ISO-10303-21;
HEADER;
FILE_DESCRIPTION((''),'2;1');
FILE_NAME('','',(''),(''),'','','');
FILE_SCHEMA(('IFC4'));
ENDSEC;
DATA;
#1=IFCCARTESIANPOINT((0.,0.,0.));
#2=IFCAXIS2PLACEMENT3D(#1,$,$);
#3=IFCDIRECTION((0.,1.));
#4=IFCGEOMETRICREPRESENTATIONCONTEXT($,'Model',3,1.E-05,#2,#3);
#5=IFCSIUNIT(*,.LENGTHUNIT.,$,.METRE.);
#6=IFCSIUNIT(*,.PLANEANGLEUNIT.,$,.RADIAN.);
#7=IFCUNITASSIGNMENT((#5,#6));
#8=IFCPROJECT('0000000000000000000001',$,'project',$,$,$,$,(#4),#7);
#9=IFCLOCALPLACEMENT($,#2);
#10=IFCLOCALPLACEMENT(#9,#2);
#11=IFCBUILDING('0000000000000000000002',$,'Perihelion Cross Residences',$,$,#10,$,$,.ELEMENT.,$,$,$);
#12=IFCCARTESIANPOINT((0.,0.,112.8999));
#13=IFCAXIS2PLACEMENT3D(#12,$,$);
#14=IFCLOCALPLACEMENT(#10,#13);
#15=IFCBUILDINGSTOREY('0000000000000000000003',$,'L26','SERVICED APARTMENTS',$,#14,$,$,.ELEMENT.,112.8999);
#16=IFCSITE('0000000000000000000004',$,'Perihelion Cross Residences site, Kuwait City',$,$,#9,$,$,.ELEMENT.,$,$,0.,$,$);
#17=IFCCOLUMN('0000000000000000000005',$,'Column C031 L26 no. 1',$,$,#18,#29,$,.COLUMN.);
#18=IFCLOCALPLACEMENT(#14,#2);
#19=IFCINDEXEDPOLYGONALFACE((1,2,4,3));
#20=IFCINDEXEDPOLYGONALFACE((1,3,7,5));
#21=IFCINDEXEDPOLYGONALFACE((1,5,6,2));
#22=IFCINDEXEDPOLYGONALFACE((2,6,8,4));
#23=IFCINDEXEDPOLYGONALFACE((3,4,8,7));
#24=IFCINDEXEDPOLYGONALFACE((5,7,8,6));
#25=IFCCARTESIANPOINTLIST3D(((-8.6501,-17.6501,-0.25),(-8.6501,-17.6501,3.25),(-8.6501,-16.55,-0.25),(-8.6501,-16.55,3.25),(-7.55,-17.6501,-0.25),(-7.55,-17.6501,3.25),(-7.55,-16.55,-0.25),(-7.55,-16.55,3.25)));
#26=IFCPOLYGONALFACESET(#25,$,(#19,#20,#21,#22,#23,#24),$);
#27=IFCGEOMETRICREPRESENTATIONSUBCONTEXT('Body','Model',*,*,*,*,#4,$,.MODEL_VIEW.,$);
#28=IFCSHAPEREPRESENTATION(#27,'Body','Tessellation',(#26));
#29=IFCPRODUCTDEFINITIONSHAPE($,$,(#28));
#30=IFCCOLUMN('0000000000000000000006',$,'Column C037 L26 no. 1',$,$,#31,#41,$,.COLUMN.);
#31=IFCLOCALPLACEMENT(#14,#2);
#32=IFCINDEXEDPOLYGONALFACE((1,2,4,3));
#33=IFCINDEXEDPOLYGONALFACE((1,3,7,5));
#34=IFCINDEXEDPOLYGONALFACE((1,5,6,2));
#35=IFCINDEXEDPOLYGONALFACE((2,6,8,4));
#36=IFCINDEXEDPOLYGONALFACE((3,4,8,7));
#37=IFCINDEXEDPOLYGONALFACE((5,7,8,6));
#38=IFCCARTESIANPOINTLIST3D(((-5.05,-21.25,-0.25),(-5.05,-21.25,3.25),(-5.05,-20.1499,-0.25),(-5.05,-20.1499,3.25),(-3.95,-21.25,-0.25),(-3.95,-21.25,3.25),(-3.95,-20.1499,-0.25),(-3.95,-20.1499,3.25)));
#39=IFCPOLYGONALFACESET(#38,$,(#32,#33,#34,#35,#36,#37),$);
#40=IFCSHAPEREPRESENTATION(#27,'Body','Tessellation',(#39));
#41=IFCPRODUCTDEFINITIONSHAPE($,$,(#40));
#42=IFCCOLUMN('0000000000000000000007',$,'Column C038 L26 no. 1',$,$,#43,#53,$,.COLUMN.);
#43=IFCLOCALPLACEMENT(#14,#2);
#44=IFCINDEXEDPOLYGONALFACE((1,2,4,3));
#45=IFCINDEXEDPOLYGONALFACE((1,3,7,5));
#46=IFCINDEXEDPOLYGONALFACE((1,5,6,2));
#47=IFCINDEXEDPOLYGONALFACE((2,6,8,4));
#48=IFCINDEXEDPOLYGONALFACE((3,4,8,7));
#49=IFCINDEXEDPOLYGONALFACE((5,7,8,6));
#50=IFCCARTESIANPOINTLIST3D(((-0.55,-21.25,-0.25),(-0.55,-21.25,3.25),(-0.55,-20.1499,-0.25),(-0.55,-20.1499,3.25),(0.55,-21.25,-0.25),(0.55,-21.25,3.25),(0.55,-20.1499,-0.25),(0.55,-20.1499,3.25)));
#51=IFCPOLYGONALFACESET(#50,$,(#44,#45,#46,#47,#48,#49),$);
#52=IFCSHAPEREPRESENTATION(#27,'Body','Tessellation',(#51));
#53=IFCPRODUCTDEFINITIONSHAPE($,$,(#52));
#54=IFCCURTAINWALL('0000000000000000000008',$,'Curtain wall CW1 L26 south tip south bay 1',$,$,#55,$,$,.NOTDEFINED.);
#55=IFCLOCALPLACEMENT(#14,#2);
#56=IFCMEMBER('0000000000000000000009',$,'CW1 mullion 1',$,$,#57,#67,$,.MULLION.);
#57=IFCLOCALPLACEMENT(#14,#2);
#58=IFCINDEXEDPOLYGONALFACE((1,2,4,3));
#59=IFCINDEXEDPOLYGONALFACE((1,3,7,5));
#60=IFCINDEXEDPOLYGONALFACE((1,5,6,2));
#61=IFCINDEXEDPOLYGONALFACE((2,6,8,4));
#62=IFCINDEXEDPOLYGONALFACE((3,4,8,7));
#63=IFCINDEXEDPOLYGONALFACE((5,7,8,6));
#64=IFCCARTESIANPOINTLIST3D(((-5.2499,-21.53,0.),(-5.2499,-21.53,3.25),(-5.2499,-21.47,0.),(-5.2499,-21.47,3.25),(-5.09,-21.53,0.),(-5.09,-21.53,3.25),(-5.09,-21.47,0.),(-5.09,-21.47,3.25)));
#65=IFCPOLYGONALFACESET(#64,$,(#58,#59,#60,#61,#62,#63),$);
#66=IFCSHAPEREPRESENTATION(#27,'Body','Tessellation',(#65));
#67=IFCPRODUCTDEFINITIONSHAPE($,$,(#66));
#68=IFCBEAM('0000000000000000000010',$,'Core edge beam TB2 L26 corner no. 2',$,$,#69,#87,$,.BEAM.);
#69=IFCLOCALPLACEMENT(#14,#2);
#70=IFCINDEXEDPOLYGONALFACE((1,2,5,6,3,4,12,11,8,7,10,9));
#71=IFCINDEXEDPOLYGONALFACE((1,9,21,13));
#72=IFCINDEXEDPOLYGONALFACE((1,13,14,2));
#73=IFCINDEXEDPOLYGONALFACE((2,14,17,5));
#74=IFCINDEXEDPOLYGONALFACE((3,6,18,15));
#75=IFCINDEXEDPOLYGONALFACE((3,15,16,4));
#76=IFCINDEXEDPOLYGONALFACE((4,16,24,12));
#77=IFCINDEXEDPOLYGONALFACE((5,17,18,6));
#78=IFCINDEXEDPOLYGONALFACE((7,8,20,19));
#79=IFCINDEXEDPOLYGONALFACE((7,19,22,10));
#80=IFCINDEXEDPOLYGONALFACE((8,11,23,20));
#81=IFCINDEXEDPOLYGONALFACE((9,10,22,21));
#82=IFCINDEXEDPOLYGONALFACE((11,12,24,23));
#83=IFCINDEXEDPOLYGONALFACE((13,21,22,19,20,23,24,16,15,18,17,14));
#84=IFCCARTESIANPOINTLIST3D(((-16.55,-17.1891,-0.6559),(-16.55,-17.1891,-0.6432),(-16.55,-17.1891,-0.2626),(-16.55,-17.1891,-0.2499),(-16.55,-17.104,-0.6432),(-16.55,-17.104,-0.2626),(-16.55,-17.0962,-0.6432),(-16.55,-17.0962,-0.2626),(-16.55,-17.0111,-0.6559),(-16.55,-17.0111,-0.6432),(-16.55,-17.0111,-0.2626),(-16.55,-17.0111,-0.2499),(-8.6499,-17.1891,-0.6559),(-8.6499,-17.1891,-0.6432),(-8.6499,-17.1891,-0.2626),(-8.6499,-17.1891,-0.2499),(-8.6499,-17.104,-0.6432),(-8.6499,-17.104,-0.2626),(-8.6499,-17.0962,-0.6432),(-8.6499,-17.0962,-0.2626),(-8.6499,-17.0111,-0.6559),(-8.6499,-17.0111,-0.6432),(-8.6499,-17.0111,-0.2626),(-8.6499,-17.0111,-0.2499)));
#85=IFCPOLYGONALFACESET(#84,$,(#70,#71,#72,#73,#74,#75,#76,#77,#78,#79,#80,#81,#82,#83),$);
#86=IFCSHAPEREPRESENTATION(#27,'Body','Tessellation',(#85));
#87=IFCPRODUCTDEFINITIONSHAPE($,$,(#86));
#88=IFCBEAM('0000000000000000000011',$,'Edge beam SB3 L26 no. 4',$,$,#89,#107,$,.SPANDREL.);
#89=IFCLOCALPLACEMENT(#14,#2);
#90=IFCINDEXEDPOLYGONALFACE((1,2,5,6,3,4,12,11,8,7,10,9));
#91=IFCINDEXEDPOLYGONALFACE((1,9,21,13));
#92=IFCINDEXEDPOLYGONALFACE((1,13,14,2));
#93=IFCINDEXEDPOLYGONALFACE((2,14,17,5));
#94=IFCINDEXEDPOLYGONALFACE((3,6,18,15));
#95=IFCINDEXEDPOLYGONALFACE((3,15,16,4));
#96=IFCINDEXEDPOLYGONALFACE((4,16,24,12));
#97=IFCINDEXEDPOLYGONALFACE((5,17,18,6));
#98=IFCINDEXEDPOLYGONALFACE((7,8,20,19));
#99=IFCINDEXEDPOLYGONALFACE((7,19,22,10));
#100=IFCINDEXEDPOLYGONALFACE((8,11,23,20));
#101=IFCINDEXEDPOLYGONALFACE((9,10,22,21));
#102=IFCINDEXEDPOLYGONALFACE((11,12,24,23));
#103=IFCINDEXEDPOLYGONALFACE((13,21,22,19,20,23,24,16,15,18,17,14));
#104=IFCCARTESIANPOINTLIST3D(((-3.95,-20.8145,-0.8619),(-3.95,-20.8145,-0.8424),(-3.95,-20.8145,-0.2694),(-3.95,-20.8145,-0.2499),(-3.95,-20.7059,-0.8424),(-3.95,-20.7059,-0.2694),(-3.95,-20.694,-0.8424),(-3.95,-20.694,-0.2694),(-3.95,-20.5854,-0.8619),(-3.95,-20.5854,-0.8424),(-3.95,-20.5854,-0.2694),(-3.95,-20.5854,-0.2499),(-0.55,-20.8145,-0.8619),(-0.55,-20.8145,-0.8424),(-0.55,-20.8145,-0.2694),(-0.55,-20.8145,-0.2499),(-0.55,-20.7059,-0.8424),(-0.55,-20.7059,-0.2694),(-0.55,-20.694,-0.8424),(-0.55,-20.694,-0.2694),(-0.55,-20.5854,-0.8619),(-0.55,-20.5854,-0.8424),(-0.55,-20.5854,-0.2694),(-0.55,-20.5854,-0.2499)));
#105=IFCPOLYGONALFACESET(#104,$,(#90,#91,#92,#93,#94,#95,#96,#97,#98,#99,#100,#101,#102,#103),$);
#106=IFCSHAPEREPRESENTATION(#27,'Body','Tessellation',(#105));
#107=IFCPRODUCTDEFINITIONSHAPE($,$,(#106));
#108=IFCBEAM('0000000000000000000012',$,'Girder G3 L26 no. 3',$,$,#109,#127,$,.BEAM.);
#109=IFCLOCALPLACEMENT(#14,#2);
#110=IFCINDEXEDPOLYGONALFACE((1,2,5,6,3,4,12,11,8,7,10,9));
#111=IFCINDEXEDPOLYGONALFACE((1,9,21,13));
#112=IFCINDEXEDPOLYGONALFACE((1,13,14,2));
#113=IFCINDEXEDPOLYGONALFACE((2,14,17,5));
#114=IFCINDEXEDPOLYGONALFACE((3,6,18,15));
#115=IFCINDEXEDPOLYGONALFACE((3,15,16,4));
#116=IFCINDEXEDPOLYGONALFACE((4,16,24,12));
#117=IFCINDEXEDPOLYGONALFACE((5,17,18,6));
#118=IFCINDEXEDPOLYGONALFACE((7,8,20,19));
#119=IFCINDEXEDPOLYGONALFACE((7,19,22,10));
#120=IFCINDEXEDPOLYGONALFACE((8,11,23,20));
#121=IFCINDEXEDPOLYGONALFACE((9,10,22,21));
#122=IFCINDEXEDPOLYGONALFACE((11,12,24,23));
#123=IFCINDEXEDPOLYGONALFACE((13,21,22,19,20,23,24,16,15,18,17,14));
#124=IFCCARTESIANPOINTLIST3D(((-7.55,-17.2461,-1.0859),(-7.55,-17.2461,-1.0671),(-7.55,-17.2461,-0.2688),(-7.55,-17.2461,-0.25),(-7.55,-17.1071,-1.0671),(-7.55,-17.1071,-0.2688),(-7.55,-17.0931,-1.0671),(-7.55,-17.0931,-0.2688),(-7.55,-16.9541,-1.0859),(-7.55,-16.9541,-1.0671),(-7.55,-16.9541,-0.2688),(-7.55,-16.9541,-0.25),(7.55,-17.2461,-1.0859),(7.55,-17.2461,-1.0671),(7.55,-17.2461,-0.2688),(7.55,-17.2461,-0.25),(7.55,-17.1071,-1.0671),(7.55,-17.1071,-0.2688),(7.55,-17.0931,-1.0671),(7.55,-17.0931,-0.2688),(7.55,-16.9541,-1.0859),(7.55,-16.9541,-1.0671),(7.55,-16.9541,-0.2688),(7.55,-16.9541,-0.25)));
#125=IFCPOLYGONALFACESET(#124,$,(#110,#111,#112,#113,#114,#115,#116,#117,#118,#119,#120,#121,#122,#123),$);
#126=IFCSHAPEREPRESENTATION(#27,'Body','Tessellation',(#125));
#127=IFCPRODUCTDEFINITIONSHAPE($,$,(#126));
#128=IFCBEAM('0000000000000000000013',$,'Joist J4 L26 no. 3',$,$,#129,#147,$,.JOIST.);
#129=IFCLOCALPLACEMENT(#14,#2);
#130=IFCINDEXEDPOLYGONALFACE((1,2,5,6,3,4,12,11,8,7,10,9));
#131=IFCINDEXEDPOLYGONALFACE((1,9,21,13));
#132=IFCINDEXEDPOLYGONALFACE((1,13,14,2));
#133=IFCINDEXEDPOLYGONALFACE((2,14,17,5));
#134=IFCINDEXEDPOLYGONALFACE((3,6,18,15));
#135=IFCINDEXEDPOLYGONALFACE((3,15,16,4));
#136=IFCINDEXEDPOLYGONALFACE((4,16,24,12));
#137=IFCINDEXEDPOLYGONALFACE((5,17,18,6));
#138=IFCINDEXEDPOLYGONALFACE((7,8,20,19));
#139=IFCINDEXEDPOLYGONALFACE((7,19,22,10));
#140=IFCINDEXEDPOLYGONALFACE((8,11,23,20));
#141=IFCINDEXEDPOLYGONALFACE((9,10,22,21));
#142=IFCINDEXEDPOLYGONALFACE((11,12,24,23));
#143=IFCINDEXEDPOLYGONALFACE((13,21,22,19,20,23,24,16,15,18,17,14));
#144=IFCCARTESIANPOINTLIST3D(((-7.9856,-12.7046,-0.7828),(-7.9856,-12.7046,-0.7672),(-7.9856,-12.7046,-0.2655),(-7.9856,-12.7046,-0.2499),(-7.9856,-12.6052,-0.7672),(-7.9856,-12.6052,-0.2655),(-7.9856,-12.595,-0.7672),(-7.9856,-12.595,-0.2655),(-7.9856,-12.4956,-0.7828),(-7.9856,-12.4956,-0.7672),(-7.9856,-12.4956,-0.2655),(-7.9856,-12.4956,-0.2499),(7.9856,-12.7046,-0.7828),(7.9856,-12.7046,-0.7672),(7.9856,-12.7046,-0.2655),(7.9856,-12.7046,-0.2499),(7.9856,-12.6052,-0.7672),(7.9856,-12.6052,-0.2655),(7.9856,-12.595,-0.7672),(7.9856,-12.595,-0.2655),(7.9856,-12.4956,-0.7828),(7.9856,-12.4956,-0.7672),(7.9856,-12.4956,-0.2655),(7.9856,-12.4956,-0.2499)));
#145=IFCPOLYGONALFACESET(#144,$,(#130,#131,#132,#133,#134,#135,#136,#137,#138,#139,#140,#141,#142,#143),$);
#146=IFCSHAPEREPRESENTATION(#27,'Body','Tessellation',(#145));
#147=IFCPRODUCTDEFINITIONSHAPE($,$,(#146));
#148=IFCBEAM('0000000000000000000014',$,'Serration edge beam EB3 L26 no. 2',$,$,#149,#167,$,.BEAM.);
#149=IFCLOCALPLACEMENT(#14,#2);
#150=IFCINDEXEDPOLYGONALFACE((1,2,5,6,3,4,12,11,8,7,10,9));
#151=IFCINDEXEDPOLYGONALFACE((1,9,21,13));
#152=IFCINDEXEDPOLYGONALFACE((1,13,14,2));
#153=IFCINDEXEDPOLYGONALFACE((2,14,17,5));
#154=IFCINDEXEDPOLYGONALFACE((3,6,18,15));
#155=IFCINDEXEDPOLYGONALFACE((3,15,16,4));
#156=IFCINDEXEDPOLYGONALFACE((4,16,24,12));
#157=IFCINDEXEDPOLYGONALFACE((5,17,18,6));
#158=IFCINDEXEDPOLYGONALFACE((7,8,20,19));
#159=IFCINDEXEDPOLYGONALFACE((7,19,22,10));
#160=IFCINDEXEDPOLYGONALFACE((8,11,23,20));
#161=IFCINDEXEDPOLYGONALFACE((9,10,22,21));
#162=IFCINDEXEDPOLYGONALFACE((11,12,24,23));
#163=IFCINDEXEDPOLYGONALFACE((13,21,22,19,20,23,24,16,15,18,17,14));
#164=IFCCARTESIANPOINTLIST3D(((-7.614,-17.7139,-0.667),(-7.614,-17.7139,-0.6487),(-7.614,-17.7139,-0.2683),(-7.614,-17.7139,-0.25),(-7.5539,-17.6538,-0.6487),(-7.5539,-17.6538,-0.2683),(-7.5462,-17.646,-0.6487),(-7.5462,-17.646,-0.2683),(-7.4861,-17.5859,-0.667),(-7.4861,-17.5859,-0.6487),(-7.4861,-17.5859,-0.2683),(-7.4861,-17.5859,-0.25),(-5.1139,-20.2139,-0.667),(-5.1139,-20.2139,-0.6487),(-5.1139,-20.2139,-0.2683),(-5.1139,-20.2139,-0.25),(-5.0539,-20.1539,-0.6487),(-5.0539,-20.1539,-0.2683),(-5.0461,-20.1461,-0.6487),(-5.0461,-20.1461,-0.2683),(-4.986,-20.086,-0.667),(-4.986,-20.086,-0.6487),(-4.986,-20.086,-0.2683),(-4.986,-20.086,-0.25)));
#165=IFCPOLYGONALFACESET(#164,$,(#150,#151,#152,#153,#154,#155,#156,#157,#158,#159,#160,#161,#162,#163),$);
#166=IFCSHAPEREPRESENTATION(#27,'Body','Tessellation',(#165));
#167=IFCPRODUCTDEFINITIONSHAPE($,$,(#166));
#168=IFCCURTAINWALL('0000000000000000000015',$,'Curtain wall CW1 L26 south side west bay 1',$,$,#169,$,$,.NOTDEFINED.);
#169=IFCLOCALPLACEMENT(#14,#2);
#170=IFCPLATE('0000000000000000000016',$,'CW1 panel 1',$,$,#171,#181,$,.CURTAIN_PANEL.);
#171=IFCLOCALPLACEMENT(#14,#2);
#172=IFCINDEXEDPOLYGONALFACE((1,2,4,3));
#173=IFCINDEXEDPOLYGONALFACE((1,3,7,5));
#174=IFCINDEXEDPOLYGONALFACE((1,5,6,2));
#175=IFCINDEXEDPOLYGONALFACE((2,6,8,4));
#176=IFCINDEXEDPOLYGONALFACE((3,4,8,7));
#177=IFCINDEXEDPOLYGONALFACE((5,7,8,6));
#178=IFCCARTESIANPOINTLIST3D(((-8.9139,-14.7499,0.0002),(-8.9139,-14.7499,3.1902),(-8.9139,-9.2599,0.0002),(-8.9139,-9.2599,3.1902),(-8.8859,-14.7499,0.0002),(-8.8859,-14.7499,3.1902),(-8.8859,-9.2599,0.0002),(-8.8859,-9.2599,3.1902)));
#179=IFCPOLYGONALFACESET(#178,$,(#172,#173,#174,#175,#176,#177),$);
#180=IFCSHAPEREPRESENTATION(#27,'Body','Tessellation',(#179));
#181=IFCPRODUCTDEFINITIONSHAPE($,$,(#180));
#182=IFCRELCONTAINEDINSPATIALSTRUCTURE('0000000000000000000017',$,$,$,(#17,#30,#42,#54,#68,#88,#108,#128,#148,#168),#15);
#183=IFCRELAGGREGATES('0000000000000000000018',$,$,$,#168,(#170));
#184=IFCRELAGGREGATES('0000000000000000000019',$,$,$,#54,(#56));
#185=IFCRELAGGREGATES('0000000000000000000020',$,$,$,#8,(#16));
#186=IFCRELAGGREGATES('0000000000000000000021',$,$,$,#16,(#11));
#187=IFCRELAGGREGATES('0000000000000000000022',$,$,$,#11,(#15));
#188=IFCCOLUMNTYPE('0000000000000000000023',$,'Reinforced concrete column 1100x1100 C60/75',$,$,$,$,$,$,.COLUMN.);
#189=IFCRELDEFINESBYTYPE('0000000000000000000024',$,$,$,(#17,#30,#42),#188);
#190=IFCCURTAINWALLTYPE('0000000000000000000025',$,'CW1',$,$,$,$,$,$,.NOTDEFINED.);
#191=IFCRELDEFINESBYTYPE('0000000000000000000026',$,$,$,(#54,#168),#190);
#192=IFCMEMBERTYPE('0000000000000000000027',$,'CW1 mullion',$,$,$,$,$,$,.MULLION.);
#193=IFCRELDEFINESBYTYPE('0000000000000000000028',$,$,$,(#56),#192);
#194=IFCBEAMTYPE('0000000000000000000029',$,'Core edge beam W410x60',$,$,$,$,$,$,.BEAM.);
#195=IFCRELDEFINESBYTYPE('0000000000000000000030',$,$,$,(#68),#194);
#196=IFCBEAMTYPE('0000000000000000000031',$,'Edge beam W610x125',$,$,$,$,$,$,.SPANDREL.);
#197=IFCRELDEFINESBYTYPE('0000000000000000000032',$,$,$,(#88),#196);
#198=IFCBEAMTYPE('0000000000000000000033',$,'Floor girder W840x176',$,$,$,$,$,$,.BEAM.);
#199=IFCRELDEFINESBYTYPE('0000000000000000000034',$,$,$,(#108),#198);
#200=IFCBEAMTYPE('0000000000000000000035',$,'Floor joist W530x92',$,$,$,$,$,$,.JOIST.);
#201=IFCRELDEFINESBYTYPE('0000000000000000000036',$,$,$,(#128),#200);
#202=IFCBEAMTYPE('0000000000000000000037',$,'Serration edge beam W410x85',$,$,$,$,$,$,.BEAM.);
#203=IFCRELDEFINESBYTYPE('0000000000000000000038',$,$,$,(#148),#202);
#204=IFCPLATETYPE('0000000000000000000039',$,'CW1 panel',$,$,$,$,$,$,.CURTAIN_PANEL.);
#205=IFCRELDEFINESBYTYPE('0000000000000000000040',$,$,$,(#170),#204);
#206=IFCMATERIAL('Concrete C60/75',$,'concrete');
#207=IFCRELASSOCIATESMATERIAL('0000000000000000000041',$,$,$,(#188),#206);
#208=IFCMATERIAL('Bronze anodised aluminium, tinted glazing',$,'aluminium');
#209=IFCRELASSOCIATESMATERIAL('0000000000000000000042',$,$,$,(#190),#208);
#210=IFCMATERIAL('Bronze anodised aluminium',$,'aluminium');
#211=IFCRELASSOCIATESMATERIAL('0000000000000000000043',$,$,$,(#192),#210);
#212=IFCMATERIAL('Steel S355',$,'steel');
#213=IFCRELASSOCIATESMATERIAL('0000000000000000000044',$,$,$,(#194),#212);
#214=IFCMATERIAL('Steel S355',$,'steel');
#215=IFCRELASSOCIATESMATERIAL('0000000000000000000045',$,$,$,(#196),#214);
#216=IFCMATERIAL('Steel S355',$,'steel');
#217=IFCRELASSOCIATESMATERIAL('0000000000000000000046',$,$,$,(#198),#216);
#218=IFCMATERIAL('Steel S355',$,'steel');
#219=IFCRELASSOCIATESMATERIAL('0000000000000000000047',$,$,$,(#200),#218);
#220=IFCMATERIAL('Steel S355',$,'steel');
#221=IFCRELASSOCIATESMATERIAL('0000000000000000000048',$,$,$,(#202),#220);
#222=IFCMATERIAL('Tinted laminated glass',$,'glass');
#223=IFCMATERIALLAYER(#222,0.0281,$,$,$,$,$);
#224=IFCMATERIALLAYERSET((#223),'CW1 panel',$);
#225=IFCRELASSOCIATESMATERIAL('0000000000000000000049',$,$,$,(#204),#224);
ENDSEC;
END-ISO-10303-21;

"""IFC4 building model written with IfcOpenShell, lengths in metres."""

from ifc_helpers import new_model, si_unit, direction, frame, origin, origin_2d, place, context, subcontext, project, spatial, rectangle, i_section, extrude, material, layer, layer_set, material_profile, profile_set, type_object, element, aggregate, save


model = new_model("IFC4")

# Units and contexts
model_context = context("Model", 3, precision=1e-05, world=origin(), true_north=direction((0.0, 1.0)))
body_context = subcontext(model_context, "Body", "Model", "MODEL_VIEW")
ifc_project = project(units=[si_unit("LENGTHUNIT", "METRE"), si_unit("PLANEANGLEUNIT", "RADIAN")], contexts=[model_context])

# Site, building, storey
site_placement = place(None, origin())
site = spatial("IfcSite", under=ifc_project, at=site_placement, Name="Perihelion Cross Residences site, Kuwait City", CompositionType="ELEMENT", RefElevation=0.0)
building_placement = place(site_placement, origin())
building = spatial("IfcBuilding", under=site, at=building_placement, Name="Perihelion Cross Residences", CompositionType="ELEMENT")
storey_placement = place(building_placement, frame((0.0, 0.0, 112.8999)))
storey = spatial("IfcBuildingStorey", under=building, at=storey_placement, Name="L26", Description="SERVICED APARTMENTS", CompositionType="ELEMENT", Elevation=112.8999)

# Columns
ifc_material_1 = material(Name="Concrete C60/75", Category="concrete")
ifc_material_profile_1 = material_profile(ifc_material_1, rectangle(XDim=1.1001, YDim=1.1001, at=origin_2d()), Name="RC 1100x1100")
ifc_profile_set_1 = profile_set([ifc_material_profile_1], Name="Concrete C60/75")
column_type = type_object("IfcColumnType", Name="Reinforced concrete column 1100x1100 C60/75", PredefinedType="COLUMN", material=ifc_profile_set_1)
for number, where, z_axis, x_axis, name in (
    (1, (-8.1001, -17.1001, -0.25), (0.0, 0.0, 1.0), (1.0, 0.0, 0.0), "Column C031 L26 no. 1"),
    (2, (-4.5, -20.7, -0.25), (0.0, 0.0, 1.0), (1.0, 0.0, 0.0), "Column C037 L26 no. 1"),
    (3, (0.0, -20.7, -0.25), (0.0, 0.0, 1.0), (1.0, 0.0, 0.0), "Column C038 L26 no. 1"),
):
    element("IfcColumn", number, at=place(storey_placement, frame(where, z_axis=z_axis, x_axis=x_axis)), inside=storey, type_object=column_type, Name=name, PredefinedType="COLUMN", context=body_context, shape_type="SweptSolid", body=[
        extrude(rectangle(XDim=1.1001, YDim=1.1001, at=origin_2d()), origin(), (0.0, 0.0, 1.0), 3.5),
    ])

# Curtain wall, member
ifc_material_2 = material(Name="Bronze anodised aluminium, tinted glazing", Category="aluminium")
curtain_wall_type = type_object("IfcCurtainWallType", Name="CW1", PredefinedType="NOTDEFINED", material=ifc_material_2)
curtain_wall_1_placement = place(storey_placement, origin())
curtain_wall_1 = element("IfcCurtainWall", 4, at=curtain_wall_1_placement, inside=storey, type_object=curtain_wall_type, Name="Curtain wall CW1 L26 south tip south bay 1", PredefinedType="NOTDEFINED")
ifc_material_3 = material(Name="Bronze anodised aluminium", Category="aluminium")
ifc_material_profile_2 = material_profile(ifc_material_3, rectangle(XDim=0.0601, YDim=0.1599, at=origin_2d()), Name="CW1 mullion")
ifc_profile_set_2 = profile_set([ifc_material_profile_2], Name="Bronze anodised aluminium")
member_type = type_object("IfcMemberType", Name="CW1 mullion", PredefinedType="MULLION", material=ifc_profile_set_2)
member_placement = place(storey_placement, frame((-5.1699, -21.5, 0.0), z_axis=(0.0, 0.0, 1.0), x_axis=(0.0, 1.0, 0.0)))
member = element("IfcMember", 5, at=member_placement, type_object=member_type, Name="CW1 mullion 1", PredefinedType="MULLION", context=body_context, shape_type="SweptSolid", body=[
    extrude(rectangle(XDim=0.0601, YDim=0.1599, at=origin_2d()), origin(), (0.0, 0.0, 1.0), 3.25),
])

# Beams
ifc_material_4 = material(Name="Steel S355", Category="steel")
ifc_material_profile_3 = material_profile(ifc_material_4, i_section(OverallWidth=0.178, OverallDepth=0.406, WebThickness=0.0078, FlangeThickness=0.0127, at=origin_2d()), Name="W410x60")
ifc_profile_set_3 = profile_set([ifc_material_profile_3], Name="Steel S355")
beam_type_1 = type_object("IfcBeamType", Name="Core edge beam W410x60", PredefinedType="BEAM", material=ifc_profile_set_3)
beam_1_placement = place(storey_placement, frame((-8.6499, -17.1001, -0.4529), z_axis=(-1.0, 0.0, 0.0), x_axis=(0.0, -1.0, 0.0)))
element("IfcBeam", 6, at=beam_1_placement, inside=storey, type_object=beam_type_1, Name="Core edge beam TB2 L26 corner no. 2", PredefinedType="BEAM", context=body_context, shape_type="SweptSolid", body=[
    extrude(i_section(OverallWidth=0.178, OverallDepth=0.406, WebThickness=0.0078, FlangeThickness=0.0127, at=origin_2d()), origin(), (0.0, 0.0, 1.0), 7.9001),
])
ifc_material_5 = material(Name="Steel S355", Category="steel")
ifc_material_profile_4 = material_profile(ifc_material_5, i_section(OverallWidth=0.229, OverallDepth=0.6121, WebThickness=0.012, FlangeThickness=0.0195, at=origin_2d()), Name="W610x125")
ifc_profile_set_4 = profile_set([ifc_material_profile_4], Name="Steel S355")
beam_type_2 = type_object("IfcBeamType", Name="Edge beam W610x125", PredefinedType="SPANDREL", material=ifc_profile_set_4)
beam_2_placement = place(storey_placement, frame((-3.95, -20.7, -0.5559), z_axis=(1.0, 0.0, 0.0), x_axis=(0.0, 1.0, 0.0)))
element("IfcBeam", 7, at=beam_2_placement, inside=storey, type_object=beam_type_2, Name="Edge beam SB3 L26 no. 4", PredefinedType="SPANDREL", context=body_context, shape_type="SweptSolid", body=[
    extrude(i_section(OverallWidth=0.229, OverallDepth=0.6121, WebThickness=0.012, FlangeThickness=0.0195, at=origin_2d()), origin(), (0.0, 0.0, 1.0), 3.3999),
])
ifc_material_6 = material(Name="Steel S355", Category="steel")
ifc_material_profile_5 = material_profile(ifc_material_6, i_section(OverallWidth=0.292, OverallDepth=0.8359, WebThickness=0.0139, FlangeThickness=0.0188, at=origin_2d()), Name="W840x176")
ifc_profile_set_5 = profile_set([ifc_material_profile_5], Name="Steel S355")
beam_type_3 = type_object("IfcBeamType", Name="Floor girder W840x176", PredefinedType="BEAM", material=ifc_profile_set_5)
beam_3_placement = place(storey_placement, frame((-7.55, -17.1001, -0.668), z_axis=(1.0, 0.0, 0.0), x_axis=(0.0, 1.0, 0.0)))
element("IfcBeam", 8, at=beam_3_placement, inside=storey, type_object=beam_type_3, Name="Girder G3 L26 no. 3", PredefinedType="BEAM", context=body_context, shape_type="SweptSolid", body=[
    extrude(i_section(OverallWidth=0.292, OverallDepth=0.8359, WebThickness=0.0139, FlangeThickness=0.0188, at=origin_2d()), origin(), (0.0, 0.0, 1.0), 15.1001),
])
ifc_material_7 = material(Name="Steel S355", Category="steel")
ifc_material_profile_6 = material_profile(ifc_material_7, i_section(OverallWidth=0.209, OverallDepth=0.533, WebThickness=0.0103, FlangeThickness=0.0156, at=origin_2d()), Name="W530x92")
ifc_profile_set_6 = profile_set([ifc_material_profile_6], Name="Steel S355")
beam_type_4 = type_object("IfcBeamType", Name="Floor joist W530x92", PredefinedType="JOIST", material=ifc_profile_set_6)
beam_4_placement = place(storey_placement, frame((-7.9856, -12.6001, -0.5164), z_axis=(1.0, 0.0, 0.0), x_axis=(0.0, 1.0, 0.0)))
element("IfcBeam", 9, at=beam_4_placement, inside=storey, type_object=beam_type_4, Name="Joist J4 L26 no. 3", PredefinedType="JOIST", context=body_context, shape_type="SweptSolid", body=[
    extrude(i_section(OverallWidth=0.209, OverallDepth=0.533, WebThickness=0.0103, FlangeThickness=0.0156, at=origin_2d()), origin(), (0.0, 0.0, 1.0), 15.9712),
])
ifc_material_8 = material(Name="Steel S355", Category="steel")
ifc_material_profile_7 = material_profile(ifc_material_8, i_section(OverallWidth=0.1809, OverallDepth=0.417, WebThickness=0.011, FlangeThickness=0.0183, at=origin_2d()), Name="W410x85")
ifc_profile_set_7 = profile_set([ifc_material_profile_7], Name="Steel S355")
beam_type_5 = type_object("IfcBeamType", Name="Serration edge beam W410x85", PredefinedType="BEAM", material=ifc_profile_set_7)
beam_5_placement = place(storey_placement, frame((-7.55, -17.6499, -0.4585), z_axis=(0.707107, -0.707107, 0.0), x_axis=(0.707107, 0.707107, 0.0)))
element("IfcBeam", 10, at=beam_5_placement, inside=storey, type_object=beam_type_5, Name="Serration edge beam EB3 L26 no. 2", PredefinedType="BEAM", context=body_context, shape_type="SweptSolid", body=[
    extrude(i_section(OverallWidth=0.1809, OverallDepth=0.417, WebThickness=0.011, FlangeThickness=0.0183, at=origin_2d()), origin(), (0.0, 0.0, 1.0), 3.5356),
])

# Curtain wall, plate
curtain_wall_2_placement = place(storey_placement, origin())
curtain_wall_2 = element("IfcCurtainWall", 11, at=curtain_wall_2_placement, inside=storey, type_object=curtain_wall_type, Name="Curtain wall CW1 L26 south side west bay 1", PredefinedType="NOTDEFINED")
ifc_material_9 = material(Name="Tinted laminated glass", Category="glass")
ifc_layer_1 = layer(ifc_material_9, 0.0281)
ifc_layer_set_1 = layer_set([ifc_layer_1], Name="CW1 panel")
plate_type = type_object("IfcPlateType", Name="CW1 panel", PredefinedType="CURTAIN_PANEL", material=ifc_layer_set_1)
plate_1_placement = place(storey_placement, frame((-8.8999, -12.0049, 0.0002), z_axis=(0.0, 0.0, 1.0), x_axis=(0.0, -1.0, 0.0)))
plate_1 = element("IfcPlate", 12, at=plate_1_placement, type_object=plate_type, Name="CW1 panel 1", PredefinedType="CURTAIN_PANEL", context=body_context, shape_type="SweptSolid", body=[
    extrude(rectangle(XDim=5.49, YDim=0.0281, at=origin_2d()), origin(), (0.0, 0.0, 1.0), 3.1899),
])
aggregate(curtain_wall_2, [plate_1])

aggregate(curtain_wall_1, [member])

save(model, "model.ifc")
